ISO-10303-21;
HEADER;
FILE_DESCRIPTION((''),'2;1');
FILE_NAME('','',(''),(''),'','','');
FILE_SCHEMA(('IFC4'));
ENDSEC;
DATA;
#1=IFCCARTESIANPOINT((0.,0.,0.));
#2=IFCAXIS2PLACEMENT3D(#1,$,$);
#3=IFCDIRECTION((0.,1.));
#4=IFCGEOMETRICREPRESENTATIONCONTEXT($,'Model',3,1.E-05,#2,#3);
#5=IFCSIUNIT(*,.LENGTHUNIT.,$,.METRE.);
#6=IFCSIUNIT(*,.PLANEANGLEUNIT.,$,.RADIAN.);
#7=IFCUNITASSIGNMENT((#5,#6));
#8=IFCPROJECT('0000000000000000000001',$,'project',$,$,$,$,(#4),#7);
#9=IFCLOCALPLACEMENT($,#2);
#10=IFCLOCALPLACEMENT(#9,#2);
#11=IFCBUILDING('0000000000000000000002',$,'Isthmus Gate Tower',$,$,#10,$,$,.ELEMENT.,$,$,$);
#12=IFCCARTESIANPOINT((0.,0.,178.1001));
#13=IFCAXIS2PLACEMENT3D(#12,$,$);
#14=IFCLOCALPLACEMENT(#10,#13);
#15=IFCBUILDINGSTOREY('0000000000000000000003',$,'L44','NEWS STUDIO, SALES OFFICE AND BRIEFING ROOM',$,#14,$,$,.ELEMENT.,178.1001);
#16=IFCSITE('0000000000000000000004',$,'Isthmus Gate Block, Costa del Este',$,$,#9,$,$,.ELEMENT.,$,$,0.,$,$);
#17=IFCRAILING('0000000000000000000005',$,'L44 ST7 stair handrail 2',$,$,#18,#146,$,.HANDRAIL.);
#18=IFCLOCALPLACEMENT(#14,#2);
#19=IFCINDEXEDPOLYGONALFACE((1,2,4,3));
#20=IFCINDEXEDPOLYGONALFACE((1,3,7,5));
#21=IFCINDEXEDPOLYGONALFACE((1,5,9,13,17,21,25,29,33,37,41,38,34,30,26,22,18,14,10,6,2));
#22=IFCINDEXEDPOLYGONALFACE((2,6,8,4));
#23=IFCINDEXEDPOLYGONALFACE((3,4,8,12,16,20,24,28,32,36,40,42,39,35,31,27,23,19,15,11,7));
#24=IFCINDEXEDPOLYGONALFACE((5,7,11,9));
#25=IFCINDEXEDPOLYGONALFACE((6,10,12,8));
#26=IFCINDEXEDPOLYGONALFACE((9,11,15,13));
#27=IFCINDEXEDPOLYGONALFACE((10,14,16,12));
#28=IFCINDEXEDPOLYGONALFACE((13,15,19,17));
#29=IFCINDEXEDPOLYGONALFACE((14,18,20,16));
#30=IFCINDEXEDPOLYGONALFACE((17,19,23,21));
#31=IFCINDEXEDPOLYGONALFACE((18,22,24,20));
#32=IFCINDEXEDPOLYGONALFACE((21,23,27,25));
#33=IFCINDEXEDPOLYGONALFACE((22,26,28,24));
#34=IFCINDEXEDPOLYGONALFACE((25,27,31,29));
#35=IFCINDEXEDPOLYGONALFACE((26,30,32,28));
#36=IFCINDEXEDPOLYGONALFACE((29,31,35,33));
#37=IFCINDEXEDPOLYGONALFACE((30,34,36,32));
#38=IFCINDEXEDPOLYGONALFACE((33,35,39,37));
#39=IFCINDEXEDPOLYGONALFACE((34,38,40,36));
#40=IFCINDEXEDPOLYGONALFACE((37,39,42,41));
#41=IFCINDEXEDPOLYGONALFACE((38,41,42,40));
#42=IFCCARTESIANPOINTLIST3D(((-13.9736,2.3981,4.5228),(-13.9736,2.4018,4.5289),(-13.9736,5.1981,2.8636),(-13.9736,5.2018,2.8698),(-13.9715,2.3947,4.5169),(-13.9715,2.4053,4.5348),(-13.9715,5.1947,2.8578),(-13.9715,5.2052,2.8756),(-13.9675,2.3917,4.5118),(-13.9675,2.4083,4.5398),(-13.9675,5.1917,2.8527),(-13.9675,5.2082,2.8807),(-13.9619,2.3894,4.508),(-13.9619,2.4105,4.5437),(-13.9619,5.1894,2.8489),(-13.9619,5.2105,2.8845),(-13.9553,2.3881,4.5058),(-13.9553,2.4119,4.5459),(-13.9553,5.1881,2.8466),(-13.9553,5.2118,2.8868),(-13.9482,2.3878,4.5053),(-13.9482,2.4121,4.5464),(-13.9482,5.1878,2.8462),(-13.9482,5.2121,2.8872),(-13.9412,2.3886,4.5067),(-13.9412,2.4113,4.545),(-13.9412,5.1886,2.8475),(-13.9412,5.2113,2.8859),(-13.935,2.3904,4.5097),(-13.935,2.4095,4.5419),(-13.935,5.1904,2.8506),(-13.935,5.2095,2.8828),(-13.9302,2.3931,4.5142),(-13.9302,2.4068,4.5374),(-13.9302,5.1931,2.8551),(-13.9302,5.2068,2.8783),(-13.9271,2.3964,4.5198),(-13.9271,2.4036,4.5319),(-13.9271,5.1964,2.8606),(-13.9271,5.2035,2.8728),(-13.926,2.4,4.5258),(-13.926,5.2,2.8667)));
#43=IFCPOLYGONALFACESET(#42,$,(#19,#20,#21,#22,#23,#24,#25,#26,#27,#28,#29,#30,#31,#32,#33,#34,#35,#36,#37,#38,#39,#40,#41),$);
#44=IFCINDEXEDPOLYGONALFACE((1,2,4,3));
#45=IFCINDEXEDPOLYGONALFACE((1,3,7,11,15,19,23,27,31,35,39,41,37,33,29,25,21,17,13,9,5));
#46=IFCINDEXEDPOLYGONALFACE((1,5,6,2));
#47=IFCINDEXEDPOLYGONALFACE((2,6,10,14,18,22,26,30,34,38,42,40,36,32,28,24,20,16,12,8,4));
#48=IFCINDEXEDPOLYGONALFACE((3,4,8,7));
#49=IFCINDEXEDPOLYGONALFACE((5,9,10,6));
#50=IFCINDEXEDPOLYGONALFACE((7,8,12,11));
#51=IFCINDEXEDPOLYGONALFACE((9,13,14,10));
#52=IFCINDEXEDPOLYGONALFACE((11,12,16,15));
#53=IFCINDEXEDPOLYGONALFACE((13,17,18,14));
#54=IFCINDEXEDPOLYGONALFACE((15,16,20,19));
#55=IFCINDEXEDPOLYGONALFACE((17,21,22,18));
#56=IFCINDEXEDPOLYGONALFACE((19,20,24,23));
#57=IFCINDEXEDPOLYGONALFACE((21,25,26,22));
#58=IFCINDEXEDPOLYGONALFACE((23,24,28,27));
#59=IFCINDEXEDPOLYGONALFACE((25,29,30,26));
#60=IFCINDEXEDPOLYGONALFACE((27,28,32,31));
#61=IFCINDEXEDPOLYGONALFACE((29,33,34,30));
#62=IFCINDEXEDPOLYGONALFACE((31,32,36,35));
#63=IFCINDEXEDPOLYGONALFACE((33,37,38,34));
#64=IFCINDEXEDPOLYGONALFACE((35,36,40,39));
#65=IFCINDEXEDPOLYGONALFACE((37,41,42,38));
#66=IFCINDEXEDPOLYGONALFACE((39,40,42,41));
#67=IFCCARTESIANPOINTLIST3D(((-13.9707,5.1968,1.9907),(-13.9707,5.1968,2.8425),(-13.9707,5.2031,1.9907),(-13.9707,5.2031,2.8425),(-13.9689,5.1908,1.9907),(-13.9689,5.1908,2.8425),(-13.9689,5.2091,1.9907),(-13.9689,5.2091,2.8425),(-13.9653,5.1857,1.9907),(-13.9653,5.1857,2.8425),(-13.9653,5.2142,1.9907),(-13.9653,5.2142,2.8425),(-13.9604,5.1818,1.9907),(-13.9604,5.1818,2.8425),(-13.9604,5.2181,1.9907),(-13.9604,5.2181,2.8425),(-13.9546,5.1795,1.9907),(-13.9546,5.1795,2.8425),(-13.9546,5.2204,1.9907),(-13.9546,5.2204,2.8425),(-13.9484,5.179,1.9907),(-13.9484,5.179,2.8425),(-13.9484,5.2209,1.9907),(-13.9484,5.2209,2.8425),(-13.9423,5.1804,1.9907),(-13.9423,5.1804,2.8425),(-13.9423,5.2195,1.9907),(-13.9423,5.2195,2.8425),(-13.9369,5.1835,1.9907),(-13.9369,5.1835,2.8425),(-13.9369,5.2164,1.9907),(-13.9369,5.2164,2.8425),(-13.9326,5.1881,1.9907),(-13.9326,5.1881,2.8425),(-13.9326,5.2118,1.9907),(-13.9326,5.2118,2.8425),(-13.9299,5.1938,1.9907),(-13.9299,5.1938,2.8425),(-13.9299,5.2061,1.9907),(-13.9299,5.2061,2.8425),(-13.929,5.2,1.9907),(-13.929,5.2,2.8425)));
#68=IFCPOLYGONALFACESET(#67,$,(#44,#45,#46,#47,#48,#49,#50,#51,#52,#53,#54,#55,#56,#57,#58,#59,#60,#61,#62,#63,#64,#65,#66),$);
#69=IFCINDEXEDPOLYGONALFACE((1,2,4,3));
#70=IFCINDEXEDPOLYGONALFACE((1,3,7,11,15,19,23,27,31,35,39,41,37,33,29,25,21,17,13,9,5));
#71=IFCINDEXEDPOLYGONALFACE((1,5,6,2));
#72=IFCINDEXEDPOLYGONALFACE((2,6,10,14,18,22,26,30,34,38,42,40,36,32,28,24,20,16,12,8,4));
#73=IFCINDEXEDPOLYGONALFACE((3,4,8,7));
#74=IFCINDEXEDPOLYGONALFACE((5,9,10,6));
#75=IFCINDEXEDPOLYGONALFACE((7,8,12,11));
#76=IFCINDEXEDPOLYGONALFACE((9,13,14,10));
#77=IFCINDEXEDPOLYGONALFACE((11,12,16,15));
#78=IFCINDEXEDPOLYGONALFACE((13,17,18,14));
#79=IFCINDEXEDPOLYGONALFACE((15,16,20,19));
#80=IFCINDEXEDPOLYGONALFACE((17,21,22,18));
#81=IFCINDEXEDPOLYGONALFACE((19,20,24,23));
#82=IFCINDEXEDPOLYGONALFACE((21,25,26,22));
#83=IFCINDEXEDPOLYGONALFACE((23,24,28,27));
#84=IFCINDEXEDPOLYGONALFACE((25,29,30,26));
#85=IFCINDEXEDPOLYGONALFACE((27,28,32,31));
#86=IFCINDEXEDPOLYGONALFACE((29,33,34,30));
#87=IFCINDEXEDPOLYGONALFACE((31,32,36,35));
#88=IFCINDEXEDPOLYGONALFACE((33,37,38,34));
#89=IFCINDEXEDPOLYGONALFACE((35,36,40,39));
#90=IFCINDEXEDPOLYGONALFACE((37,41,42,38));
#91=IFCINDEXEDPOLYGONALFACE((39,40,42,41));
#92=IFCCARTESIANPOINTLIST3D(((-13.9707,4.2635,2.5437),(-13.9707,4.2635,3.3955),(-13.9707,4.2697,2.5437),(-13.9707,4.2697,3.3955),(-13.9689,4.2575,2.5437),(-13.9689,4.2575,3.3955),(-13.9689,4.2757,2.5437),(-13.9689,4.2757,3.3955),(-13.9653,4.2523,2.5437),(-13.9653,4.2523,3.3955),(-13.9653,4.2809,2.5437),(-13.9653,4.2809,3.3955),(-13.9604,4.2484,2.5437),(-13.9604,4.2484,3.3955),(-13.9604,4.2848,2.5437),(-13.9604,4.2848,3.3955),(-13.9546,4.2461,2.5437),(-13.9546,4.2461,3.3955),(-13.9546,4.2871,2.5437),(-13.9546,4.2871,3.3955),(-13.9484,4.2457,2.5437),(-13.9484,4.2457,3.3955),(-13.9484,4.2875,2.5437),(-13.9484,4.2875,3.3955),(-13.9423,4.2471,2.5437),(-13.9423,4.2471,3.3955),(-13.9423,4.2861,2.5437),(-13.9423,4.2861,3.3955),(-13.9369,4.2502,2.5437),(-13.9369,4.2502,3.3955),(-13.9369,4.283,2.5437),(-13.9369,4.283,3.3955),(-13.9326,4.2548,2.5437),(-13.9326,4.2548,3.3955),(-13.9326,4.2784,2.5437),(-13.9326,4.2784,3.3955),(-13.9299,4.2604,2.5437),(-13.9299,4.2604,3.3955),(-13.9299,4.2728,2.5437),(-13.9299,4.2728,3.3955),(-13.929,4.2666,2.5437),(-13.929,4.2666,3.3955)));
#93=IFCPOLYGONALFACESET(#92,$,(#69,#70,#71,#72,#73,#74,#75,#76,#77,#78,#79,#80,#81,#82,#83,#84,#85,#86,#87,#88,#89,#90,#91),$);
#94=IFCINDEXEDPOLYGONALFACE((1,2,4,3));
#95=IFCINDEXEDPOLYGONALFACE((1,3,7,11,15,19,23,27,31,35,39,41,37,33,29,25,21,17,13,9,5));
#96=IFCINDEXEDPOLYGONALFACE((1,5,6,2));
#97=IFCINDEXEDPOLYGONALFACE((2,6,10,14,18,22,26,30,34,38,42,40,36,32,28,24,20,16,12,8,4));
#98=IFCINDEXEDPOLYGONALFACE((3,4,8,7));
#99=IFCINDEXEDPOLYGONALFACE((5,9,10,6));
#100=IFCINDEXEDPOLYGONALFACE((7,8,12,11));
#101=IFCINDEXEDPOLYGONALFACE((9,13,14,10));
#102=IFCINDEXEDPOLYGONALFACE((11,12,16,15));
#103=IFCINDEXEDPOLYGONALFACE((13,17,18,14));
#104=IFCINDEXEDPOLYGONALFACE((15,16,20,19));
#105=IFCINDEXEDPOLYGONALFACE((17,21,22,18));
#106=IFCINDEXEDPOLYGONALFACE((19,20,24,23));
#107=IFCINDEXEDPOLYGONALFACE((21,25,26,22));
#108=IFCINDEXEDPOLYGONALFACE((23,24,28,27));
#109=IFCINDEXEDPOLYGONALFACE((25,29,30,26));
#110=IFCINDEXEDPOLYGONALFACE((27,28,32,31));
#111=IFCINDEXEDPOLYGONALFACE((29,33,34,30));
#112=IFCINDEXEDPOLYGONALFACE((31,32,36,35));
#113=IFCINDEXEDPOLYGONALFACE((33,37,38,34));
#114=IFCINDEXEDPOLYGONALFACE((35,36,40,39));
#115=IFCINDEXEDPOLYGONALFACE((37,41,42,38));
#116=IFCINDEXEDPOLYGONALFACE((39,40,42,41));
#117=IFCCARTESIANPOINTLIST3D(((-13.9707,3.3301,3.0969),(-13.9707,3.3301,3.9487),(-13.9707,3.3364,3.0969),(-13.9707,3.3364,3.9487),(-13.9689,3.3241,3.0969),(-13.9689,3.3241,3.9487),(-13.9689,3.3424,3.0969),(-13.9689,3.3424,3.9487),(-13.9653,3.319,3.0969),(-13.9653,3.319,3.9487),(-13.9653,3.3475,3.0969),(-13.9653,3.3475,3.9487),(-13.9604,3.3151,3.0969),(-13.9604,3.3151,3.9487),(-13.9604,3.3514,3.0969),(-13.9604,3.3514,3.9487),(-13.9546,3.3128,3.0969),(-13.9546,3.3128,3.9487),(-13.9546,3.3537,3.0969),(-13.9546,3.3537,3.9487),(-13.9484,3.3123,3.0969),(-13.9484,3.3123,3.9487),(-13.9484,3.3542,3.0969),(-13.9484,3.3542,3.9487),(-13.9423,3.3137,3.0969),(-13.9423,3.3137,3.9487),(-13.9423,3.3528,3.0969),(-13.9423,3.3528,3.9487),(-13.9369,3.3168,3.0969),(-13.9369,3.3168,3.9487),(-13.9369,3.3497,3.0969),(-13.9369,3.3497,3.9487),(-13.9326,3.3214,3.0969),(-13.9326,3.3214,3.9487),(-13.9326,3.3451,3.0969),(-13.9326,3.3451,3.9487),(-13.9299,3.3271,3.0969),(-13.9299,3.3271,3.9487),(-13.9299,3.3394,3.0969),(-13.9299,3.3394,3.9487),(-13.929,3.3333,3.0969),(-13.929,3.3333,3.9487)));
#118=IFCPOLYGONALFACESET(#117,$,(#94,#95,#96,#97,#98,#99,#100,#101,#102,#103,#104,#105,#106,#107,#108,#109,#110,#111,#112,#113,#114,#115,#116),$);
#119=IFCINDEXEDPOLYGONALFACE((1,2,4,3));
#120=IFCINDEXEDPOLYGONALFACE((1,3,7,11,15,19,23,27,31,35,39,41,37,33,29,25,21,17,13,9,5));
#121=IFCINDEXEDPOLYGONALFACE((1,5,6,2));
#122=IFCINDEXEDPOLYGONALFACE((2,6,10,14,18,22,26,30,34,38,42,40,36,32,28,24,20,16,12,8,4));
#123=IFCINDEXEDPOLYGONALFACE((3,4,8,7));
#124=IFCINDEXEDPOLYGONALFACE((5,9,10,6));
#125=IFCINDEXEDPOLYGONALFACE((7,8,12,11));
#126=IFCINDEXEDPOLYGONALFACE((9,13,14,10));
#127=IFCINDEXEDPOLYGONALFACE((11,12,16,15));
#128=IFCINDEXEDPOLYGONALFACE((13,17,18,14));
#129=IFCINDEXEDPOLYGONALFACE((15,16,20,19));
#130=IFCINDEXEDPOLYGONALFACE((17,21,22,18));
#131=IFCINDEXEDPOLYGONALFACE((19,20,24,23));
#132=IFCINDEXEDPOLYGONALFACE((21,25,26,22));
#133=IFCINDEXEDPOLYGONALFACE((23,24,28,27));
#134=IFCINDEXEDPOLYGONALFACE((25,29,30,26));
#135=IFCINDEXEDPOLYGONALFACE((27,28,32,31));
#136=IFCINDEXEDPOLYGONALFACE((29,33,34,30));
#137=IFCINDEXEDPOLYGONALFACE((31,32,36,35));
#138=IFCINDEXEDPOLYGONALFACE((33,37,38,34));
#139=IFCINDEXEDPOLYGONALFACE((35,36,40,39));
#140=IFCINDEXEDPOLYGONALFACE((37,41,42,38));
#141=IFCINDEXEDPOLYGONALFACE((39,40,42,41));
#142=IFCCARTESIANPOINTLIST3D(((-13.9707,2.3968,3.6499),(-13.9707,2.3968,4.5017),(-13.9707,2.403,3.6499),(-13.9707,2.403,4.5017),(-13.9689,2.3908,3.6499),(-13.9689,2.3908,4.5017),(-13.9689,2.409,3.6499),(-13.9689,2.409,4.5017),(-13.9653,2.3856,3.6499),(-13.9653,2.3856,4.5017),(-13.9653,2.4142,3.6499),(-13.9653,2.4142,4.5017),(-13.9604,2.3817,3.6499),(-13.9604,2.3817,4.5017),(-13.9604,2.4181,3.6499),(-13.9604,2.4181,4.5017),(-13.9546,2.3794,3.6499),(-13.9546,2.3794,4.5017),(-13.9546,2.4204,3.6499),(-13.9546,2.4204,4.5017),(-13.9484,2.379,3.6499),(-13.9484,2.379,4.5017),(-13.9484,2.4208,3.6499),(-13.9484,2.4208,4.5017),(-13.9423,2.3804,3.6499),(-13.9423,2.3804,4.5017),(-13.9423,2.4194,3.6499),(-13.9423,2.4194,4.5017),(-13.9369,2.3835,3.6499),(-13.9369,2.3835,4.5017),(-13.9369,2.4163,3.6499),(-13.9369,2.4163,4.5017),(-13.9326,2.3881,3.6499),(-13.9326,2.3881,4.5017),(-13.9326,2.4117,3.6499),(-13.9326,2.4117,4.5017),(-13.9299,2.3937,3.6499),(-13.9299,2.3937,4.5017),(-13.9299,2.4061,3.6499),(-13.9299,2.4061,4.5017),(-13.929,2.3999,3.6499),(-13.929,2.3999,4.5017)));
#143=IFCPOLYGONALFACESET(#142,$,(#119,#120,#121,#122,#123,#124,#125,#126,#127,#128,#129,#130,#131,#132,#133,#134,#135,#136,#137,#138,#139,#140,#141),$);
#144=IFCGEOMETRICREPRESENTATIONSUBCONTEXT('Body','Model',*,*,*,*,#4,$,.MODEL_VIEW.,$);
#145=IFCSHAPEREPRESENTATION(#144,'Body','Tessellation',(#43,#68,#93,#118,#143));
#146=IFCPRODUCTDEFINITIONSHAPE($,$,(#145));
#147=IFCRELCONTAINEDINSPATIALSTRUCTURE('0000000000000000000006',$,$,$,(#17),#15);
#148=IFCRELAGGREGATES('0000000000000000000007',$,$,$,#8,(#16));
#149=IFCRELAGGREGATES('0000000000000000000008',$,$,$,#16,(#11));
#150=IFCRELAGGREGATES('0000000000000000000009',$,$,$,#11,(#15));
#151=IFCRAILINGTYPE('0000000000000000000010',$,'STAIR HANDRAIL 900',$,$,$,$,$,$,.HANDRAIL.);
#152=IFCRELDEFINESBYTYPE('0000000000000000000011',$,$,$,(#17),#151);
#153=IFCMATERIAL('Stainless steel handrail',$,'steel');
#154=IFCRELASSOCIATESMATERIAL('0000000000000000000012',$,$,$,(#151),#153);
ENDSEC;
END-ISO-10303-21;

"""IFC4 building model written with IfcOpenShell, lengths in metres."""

from ifc_helpers import new_model, si_unit, direction, frame, origin, origin_2d, place, context, subcontext, project, spatial, circle, extrude, material, type_object, element, save


model = new_model("IFC4")

# Units and contexts
model_context = context("Model", 3, precision=1e-05, world=origin(), true_north=direction((0.0, 1.0)))
body_context = subcontext(model_context, "Body", "Model", "MODEL_VIEW")
ifc_project = project(units=[si_unit("LENGTHUNIT", "METRE"), si_unit("PLANEANGLEUNIT", "RADIAN")], contexts=[model_context])

# Site, building, storey
site_placement = place(None, origin())
site = spatial("IfcSite", under=ifc_project, at=site_placement, Name="Isthmus Gate Block, Costa del Este", CompositionType="ELEMENT", RefElevation=0.0)
building_placement = place(site_placement, origin())
building = spatial("IfcBuilding", under=site, at=building_placement, Name="Isthmus Gate Tower", CompositionType="ELEMENT")
storey_placement = place(building_placement, frame((0.0, 0.0, 178.1001)))
storey = spatial("IfcBuildingStorey", under=building, at=storey_placement, Name="L44", Description="NEWS STUDIO, SALES OFFICE AND BRIEFING ROOM", CompositionType="ELEMENT", Elevation=178.1001)

# Railing
ifc_material_1 = material(Name="Stainless steel handrail", Category="steel")
railing_type = type_object("IfcRailingType", Name="STAIR HANDRAIL 900", PredefinedType="HANDRAIL", material=ifc_material_1)
railing_placement = place(storey_placement, frame((-13.95, 5.2, 1.9907)))
element("IfcRailing", 1, at=railing_placement, inside=storey, type_object=railing_type, Name="L44 ST7 stair handrail 2", PredefinedType="HANDRAIL", context=body_context, shape_type="SweptSolid", body=[
    extrude(circle(Radius=0.0239, at=origin_2d()), frame((0.0, 0.0, 0.876), z_axis=(0.0, -0.860306, 0.509778), x_axis=(1.0, 0.0, 0.0)), (0.0, 0.0, 1.0), 3.2546),
    extrude(circle(Radius=0.021, at=origin_2d()), origin(), (0.0, 0.0, 1.0), 0.8518),
    extrude(circle(Radius=0.021, at=origin_2d()), frame((0.0, -0.9333, 0.553)), (0.0, 0.0, 1.0), 0.8518),
    extrude(circle(Radius=0.021, at=origin_2d()), frame((0.0, -1.8667, 1.1062)), (0.0, 0.0, 1.0), 0.8518),
    extrude(circle(Radius=0.021, at=origin_2d()), frame((0.0, -2.8, 1.6592)), (0.0, 0.0, 1.0), 0.8518),
])

save(model, "model.ifc")
